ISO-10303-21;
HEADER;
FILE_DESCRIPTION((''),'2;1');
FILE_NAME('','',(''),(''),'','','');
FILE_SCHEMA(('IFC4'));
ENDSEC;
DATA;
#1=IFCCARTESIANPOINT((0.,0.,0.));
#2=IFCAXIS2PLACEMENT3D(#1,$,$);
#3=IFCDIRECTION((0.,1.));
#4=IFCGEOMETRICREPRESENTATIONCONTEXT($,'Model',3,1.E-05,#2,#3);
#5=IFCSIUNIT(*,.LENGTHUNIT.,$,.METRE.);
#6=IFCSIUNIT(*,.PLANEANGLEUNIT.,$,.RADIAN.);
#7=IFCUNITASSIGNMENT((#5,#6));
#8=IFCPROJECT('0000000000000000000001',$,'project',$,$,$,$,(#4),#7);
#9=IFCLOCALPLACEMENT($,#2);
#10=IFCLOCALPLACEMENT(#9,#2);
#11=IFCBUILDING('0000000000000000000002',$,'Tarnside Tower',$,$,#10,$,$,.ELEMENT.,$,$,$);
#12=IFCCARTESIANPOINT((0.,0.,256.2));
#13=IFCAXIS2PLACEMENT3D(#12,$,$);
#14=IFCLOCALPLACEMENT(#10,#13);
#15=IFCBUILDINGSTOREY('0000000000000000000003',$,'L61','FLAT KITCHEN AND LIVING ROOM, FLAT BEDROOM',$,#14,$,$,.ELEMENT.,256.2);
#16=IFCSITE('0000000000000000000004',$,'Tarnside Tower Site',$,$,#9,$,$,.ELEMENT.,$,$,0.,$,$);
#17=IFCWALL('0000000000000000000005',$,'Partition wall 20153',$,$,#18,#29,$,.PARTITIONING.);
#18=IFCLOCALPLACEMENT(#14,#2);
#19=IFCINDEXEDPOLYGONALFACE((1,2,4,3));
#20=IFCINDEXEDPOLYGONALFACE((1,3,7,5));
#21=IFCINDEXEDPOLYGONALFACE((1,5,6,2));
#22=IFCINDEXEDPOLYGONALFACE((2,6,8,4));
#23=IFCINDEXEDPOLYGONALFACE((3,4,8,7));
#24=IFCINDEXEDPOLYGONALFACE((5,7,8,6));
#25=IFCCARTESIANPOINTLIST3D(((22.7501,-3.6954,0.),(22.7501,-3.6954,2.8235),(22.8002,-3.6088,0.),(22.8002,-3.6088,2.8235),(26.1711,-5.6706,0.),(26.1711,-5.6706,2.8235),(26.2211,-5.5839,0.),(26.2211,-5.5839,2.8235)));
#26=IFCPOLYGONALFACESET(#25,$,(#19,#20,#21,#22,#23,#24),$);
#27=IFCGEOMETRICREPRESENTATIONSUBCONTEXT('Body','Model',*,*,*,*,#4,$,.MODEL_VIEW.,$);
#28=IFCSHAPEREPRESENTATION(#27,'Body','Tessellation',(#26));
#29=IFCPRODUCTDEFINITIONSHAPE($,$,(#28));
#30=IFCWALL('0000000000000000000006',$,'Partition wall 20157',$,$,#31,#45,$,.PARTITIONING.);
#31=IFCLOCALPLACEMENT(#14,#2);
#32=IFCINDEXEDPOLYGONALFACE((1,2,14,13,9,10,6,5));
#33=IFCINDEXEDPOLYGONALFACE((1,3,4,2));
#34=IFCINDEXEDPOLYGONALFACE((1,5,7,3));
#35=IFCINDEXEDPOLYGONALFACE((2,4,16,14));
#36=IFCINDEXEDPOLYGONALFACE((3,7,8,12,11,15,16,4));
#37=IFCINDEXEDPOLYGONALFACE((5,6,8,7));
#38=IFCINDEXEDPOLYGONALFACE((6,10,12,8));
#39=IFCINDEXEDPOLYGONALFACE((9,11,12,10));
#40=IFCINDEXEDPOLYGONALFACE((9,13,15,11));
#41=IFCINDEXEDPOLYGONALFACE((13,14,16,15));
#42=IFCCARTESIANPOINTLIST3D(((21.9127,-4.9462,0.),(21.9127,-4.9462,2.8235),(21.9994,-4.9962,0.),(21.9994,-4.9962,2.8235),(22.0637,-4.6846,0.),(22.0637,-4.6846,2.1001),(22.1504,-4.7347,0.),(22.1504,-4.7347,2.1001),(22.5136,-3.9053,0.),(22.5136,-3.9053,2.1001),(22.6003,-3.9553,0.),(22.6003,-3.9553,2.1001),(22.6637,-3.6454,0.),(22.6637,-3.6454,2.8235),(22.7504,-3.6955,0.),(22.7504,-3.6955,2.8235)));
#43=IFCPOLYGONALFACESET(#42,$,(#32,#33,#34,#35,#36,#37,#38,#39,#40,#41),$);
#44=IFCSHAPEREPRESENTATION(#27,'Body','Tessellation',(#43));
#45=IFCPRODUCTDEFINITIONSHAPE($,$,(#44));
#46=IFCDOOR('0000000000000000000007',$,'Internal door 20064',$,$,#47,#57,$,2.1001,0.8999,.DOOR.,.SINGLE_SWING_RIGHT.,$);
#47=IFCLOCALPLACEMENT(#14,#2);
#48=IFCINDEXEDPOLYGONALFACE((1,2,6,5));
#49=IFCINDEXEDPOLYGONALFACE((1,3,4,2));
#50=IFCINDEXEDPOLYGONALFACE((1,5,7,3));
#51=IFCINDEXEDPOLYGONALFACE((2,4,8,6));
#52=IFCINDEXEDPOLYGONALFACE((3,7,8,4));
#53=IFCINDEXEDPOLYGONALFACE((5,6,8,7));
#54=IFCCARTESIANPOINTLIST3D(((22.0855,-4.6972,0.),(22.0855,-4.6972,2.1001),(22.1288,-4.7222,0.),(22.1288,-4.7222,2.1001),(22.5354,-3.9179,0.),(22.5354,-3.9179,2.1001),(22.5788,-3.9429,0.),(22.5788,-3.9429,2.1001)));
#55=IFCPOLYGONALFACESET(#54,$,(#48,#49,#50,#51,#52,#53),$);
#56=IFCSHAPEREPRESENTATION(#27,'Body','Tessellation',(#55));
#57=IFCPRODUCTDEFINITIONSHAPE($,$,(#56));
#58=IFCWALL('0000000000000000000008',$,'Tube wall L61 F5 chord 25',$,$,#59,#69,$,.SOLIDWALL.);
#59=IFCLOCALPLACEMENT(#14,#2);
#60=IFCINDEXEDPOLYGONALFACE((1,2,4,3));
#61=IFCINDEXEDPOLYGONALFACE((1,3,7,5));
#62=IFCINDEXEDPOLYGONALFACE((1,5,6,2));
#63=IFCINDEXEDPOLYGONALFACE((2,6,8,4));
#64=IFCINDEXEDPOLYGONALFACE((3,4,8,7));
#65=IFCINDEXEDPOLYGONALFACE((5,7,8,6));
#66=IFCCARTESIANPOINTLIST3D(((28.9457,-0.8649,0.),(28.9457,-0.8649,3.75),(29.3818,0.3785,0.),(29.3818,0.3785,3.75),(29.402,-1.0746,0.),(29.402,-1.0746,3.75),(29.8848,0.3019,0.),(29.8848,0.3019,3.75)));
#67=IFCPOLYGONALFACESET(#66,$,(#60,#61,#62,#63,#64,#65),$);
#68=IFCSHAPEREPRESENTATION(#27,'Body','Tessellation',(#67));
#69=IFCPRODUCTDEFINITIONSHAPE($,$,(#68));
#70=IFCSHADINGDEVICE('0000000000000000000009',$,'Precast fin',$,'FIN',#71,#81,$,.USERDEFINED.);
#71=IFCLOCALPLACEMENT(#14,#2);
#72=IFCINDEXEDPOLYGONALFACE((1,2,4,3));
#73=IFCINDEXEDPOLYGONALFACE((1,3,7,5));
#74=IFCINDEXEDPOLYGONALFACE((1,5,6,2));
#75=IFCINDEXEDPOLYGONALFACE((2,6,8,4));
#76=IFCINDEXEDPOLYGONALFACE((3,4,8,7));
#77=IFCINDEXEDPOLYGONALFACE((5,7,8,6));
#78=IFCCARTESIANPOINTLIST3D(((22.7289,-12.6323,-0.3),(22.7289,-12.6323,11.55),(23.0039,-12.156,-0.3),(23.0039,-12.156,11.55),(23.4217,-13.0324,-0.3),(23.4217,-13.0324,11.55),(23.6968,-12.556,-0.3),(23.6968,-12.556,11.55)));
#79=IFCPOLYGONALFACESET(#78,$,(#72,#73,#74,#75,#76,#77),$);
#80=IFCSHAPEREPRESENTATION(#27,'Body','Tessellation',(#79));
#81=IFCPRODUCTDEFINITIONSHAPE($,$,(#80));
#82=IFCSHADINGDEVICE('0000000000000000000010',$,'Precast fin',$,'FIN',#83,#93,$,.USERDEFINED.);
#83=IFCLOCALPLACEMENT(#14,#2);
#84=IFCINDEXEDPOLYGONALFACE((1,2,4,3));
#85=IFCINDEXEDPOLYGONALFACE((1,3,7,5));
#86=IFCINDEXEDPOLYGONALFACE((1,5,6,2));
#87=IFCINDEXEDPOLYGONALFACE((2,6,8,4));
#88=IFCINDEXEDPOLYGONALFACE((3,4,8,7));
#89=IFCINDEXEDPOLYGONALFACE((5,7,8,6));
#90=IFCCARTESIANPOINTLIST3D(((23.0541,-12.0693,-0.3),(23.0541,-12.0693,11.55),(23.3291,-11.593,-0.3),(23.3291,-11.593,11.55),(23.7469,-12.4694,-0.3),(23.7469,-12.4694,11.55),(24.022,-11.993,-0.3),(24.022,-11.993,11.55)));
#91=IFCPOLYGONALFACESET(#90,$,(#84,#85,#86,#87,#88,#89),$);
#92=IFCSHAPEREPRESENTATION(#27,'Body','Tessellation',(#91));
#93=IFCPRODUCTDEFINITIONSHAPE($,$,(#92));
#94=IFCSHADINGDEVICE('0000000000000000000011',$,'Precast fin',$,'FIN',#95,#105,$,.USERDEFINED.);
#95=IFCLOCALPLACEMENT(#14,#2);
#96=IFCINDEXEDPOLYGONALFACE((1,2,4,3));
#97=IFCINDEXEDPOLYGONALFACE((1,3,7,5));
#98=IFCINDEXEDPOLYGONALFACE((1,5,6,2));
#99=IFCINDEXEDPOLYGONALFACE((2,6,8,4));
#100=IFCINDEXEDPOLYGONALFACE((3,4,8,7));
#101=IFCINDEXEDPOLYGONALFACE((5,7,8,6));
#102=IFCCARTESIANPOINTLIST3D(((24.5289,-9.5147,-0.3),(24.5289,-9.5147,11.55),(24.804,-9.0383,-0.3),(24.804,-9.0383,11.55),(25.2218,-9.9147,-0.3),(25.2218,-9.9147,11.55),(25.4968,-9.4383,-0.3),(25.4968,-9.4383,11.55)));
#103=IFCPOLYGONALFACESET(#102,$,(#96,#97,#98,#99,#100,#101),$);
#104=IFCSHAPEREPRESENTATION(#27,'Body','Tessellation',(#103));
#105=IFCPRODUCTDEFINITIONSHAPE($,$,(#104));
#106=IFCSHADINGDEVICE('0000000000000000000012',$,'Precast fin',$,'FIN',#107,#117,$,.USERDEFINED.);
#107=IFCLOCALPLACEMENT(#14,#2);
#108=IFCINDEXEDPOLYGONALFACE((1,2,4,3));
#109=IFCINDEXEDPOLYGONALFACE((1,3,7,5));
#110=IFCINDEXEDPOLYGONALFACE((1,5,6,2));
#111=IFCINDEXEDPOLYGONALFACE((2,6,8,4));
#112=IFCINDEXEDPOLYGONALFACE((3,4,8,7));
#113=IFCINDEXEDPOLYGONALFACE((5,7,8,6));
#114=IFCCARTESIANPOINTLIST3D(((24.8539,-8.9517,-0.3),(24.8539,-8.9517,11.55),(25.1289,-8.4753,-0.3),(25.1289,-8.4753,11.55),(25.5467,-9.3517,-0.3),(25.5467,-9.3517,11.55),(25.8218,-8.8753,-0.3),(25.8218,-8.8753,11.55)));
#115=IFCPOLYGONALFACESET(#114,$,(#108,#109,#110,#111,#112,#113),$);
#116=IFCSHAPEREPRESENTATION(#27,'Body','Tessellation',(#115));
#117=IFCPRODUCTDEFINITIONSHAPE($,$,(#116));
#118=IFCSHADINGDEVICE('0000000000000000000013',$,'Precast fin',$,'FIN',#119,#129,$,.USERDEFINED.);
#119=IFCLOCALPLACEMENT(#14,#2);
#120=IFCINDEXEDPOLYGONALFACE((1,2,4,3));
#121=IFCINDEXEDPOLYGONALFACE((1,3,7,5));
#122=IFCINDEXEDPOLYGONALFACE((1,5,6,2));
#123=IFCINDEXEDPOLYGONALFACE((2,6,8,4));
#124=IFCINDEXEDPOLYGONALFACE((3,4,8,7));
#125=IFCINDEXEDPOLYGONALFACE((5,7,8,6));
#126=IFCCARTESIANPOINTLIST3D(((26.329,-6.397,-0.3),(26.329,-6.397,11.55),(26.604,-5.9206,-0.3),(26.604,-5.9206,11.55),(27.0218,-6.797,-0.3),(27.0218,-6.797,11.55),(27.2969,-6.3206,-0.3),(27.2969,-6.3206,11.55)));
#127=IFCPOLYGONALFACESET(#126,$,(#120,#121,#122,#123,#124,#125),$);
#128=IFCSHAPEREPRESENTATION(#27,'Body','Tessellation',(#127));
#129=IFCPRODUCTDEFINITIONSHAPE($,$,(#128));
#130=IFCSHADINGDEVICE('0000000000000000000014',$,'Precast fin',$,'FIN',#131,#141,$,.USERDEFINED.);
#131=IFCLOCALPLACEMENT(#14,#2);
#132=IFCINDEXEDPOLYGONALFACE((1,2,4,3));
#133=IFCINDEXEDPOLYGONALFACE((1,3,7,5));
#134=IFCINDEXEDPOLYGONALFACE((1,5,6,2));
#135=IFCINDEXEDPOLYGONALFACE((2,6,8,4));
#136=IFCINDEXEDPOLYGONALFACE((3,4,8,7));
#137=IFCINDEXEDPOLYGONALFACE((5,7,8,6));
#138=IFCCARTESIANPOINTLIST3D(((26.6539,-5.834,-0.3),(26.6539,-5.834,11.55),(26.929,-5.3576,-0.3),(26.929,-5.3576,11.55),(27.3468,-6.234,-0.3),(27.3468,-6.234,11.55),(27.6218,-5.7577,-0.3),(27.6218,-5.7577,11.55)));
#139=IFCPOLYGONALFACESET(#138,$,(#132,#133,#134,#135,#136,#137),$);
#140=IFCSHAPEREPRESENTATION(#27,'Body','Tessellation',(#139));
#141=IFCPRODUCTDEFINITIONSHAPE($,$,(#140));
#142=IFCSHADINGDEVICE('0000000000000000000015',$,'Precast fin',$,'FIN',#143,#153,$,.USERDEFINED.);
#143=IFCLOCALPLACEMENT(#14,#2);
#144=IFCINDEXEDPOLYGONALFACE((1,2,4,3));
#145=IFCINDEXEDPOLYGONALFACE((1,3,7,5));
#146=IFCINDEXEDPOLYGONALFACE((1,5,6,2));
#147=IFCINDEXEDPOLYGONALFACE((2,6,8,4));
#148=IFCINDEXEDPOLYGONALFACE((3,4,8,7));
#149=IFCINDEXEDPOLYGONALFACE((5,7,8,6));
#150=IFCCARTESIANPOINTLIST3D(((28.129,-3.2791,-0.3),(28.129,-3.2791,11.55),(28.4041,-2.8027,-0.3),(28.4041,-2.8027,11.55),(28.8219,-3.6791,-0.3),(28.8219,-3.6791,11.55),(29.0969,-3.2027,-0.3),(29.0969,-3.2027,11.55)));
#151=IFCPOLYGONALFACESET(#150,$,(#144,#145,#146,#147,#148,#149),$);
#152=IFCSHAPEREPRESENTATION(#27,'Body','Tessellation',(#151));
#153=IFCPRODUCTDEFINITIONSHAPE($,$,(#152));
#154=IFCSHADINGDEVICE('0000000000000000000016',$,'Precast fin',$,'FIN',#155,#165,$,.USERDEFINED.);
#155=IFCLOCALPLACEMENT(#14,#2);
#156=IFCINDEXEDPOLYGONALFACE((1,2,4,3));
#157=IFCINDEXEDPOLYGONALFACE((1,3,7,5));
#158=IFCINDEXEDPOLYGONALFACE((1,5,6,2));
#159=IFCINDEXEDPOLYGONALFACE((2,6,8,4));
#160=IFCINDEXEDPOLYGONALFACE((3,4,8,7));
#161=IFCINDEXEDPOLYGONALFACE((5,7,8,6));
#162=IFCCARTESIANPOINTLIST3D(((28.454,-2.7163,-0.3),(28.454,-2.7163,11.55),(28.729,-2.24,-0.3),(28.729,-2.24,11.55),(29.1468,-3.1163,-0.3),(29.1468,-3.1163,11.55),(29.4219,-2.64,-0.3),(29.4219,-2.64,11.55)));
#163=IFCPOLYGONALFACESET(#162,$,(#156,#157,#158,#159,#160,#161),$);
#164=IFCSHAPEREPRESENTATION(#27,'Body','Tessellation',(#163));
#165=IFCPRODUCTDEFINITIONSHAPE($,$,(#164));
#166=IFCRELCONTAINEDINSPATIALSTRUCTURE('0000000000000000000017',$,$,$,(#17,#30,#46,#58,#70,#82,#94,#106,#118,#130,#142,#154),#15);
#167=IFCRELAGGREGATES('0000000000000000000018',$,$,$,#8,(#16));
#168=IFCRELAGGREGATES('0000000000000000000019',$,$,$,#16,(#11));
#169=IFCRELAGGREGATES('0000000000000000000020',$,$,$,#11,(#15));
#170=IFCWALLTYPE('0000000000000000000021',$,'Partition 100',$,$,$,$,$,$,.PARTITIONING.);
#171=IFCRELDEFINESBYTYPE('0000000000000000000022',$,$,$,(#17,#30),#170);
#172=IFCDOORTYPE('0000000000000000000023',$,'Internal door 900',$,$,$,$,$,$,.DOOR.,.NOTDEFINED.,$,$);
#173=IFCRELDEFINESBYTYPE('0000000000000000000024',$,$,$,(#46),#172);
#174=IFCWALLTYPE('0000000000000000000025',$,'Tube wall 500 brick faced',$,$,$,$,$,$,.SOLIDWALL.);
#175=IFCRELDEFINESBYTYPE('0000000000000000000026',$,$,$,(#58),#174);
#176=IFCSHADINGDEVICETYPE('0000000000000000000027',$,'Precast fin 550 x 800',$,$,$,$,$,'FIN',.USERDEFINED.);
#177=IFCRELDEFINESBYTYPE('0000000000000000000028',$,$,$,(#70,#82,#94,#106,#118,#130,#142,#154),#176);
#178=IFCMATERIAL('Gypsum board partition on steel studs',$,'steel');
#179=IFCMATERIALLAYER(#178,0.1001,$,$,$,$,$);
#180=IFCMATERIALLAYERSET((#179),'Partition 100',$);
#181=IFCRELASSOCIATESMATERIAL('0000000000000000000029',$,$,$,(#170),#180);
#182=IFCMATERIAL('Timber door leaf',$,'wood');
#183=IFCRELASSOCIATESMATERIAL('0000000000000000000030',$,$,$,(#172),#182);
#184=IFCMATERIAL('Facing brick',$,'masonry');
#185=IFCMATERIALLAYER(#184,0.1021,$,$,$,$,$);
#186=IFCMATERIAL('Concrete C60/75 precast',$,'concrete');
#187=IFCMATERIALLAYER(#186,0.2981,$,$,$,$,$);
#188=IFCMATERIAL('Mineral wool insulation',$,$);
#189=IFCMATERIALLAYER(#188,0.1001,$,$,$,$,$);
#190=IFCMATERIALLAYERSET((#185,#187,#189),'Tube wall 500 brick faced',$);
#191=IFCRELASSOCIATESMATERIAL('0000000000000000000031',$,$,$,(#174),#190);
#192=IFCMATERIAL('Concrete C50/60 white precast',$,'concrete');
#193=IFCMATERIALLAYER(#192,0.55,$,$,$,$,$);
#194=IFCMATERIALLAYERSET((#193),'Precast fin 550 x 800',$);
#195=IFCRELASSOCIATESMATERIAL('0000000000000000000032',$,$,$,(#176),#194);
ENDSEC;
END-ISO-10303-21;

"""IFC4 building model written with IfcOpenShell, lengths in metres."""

from ifc_helpers import new_model, si_unit, direction, frame, frame_2d, origin, place, context, subcontext, project, spatial, polyline, rectangle, outline, extrude, material, layer, layer_set, type_object, element, fill, save


model = new_model("IFC4")

# Units and contexts
model_context = context("Model", 3, precision=1e-05, world=origin(), true_north=direction((0.0, 1.0)))
body_context = subcontext(model_context, "Body", "Model", "MODEL_VIEW")
ifc_project = project(units=[si_unit("LENGTHUNIT", "METRE"), si_unit("PLANEANGLEUNIT", "RADIAN")], contexts=[model_context])

# Site, building, storey
site_placement = place(None, origin())
site = spatial("IfcSite", under=ifc_project, at=site_placement, Name="Tarnside Tower Site", CompositionType="ELEMENT", RefElevation=0.0)
building_placement = place(site_placement, origin())
building = spatial("IfcBuilding", under=site, at=building_placement, Name="Tarnside Tower", CompositionType="ELEMENT")
storey_placement = place(building_placement, frame((0.0, 0.0, 256.2)))
storey = spatial("IfcBuildingStorey", under=building, at=storey_placement, Name="L61", Description="FLAT KITCHEN AND LIVING ROOM, FLAT BEDROOM", CompositionType="ELEMENT", Elevation=256.2)

# Shared definitions
ifc_material_1 = material(Name="Gypsum board partition on steel studs", Category="steel")

# Shared definitions
ifc_material_2 = material(Name="Timber door leaf", Category="wood")

# Shared definitions
ifc_layer_1 = layer(ifc_material_1, 0.1001)
ifc_layer_set_1 = layer_set([ifc_layer_1], Name="Partition 100")
wall_type_1 = type_object("IfcWallType", Name="Partition 100", PredefinedType="PARTITIONING", material=ifc_layer_set_1)
door_type_1 = type_object("IfcDoorType", Name="Internal door 900", OperationType="NOTDEFINED", PredefinedType="DOOR", material=ifc_material_2)

# Wall
wall_1_placement = place(storey_placement, frame((22.7751, -3.6521, 0.0), z_axis=(0.0, 0.0, 1.0), x_axis=(0.866021, -0.500008, 0.0)))
element("IfcWall", 1, at=wall_1_placement, inside=storey, type_object=wall_type_1, Name="Partition wall 20153", PredefinedType="PARTITIONING", context=body_context, shape_type="SweptSolid", body=[
    extrude(rectangle(XDim=3.9502, YDim=0.1001, at=frame_2d((1.9751, 0.0))), origin(), (0.0, 0.0, 1.0), 2.8235),
])

# Wall, opening, door
wall_2_placement = place(storey_placement, frame((21.9561, -4.9712, 0.0), z_axis=(0.0, 0.0, 1.0), x_axis=(0.499985, 0.866034, 0.0)))
wall_2 = element("IfcWall", 2, at=wall_2_placement, inside=storey, type_object=wall_type_1, Name="Partition wall 20157", PredefinedType="PARTITIONING", context=body_context, shape_type="SweptSolid", body=[
    extrude(rectangle(XDim=1.502, YDim=0.1001, at=frame_2d((0.751, 0.0))), origin(), (0.0, 0.0, 1.0), 2.8235),
])
opening_1_placement = place(wall_2_placement, frame((0.302, 0.0, 0.0)))
opening_1 = element("IfcOpeningElement", 3, at=opening_1_placement, cuts=wall_2, PredefinedType="OPENING", context=body_context, shape_type="SweptSolid", body=[
    extrude(rectangle(XDim=0.8999, YDim=2.1001, at=frame_2d((0.45, 1.05))), frame((0.0, 0.0601, 0.0), z_axis=(0.0, -1.0, 0.0), x_axis=(1.0, 0.0, 0.0)), (0.0, 0.0, 1.0), 0.1201),
])
door_1_placement = place(opening_1_placement, origin())
door_1 = element("IfcDoor", 4, at=door_1_placement, inside=storey, type_object=door_type_1, Name="Internal door 20064", OperationType="SINGLE_SWING_RIGHT", OverallHeight=2.1001, OverallWidth=0.8999, PredefinedType="DOOR", context=body_context, shape_type="SweptSolid", body=[
    extrude(rectangle(XDim=0.8999, YDim=2.1001, at=frame_2d((0.45, 1.05))), frame((0.0, 0.0249, 0.0), z_axis=(0.0, -1.0, 0.0), x_axis=(1.0, 0.0, 0.0)), (0.0, 0.0, 1.0), 0.05),
])
fill(opening_1, door_1)

# Wall
ifc_material_3 = material(Name="Facing brick", Category="masonry")
ifc_layer_2 = layer(ifc_material_3, 0.1021)
ifc_material_4 = material(Name="Concrete C60/75 precast", Category="concrete")
ifc_layer_3 = layer(ifc_material_4, 0.2981)
ifc_material_5 = material(Name="Mineral wool insulation")
ifc_layer_4 = layer(ifc_material_5, 0.1001)
ifc_layer_set_2 = layer_set([ifc_layer_2, ifc_layer_3, ifc_layer_4], Name="Tube wall 500 brick faced")
wall_type_2 = type_object("IfcWallType", Name="Tube wall 500 brick faced", PredefinedType="SOLIDWALL", material=ifc_layer_set_2)
wall_3_placement = place(storey_placement, frame((29.1738, -0.9697, 0.0), z_axis=(0.0, 0.0, 1.0), x_axis=(0.330961, 0.943644, 0.0)))
element("IfcWall", 5, at=wall_3_placement, inside=storey, type_object=wall_type_2, Name="Tube wall L61 F5 chord 25", PredefinedType="SOLIDWALL", context=body_context, shape_type="SweptSolid", body=[
    extrude(outline(polyline([(-0.0234, -0.25), (1.4353, -0.25), (1.3411, 0.25), (0.0234, 0.25), (-0.0234, -0.25)])), origin(), (0.0, 0.0, 1.0), 3.75),
])

# Shading devices
ifc_material_6 = material(Name="Concrete C50/60 white precast", Category="concrete")
ifc_layer_5 = layer(ifc_material_6, 0.55)
ifc_layer_set_3 = layer_set([ifc_layer_5], Name="Precast fin 550 x 800")
shading_device_type = type_object("IfcShadingDeviceType", Name="Precast fin 550 x 800", ElementType="FIN", PredefinedType="USERDEFINED", material=ifc_layer_set_3)
for number, where, z_axis, x_axis, name in (
    (6, (22.8665, -12.394, -0.3), (-0.5, -0.866025, 0.0), (0.866025, -0.5, 0.0), "Precast fin"),
    (7, (23.1917, -11.8311, -0.3), (-0.5, -0.866025, 0.0), (0.866025, -0.5, 0.0), "Precast fin"),
    (8, (24.6665, -9.2764, -0.3), (-0.5, -0.866025, 0.0), (0.866025, -0.5, 0.0), "Precast fin"),
    (9, (24.9915, -8.7134, -0.3), (-0.5, -0.866025, 0.0), (0.866025, -0.5, 0.0), "Precast fin"),
    (10, (26.4666, -6.1587, -0.3), (-0.5, -0.866025, 0.0), (0.866025, -0.5, 0.0), "Precast fin"),
    (11, (26.7915, -5.5957, -0.3), (-0.5, -0.866025, 0.0), (0.866025, -0.5, 0.0), "Precast fin"),
    (12, (28.2666, -3.0408, -0.3), (-0.5, -0.866025, 0.0), (0.866025, -0.5, 0.0), "Precast fin"),
    (13, (28.5916, -2.478, -0.3), (-0.5, -0.866025, 0.0), (0.866025, -0.5, 0.0), "Precast fin"),
):
    element("IfcShadingDevice", number, at=place(storey_placement, frame(where, z_axis=z_axis, x_axis=x_axis)), inside=storey, type_object=shading_device_type, Name=name, ObjectType="FIN", PredefinedType="USERDEFINED", context=body_context, shape_type="SweptSolid", body=[
        extrude(outline(polyline([(0.0, 0.0), (0.8, 0.0), (0.8, 11.8501), (0.0, 11.8501), (0.0, 0.0)])), frame((0.0, 0.0, -0.2749)), (0.0, 0.0, 1.0), 0.55),
    ])

save(model, "model.ifc")
